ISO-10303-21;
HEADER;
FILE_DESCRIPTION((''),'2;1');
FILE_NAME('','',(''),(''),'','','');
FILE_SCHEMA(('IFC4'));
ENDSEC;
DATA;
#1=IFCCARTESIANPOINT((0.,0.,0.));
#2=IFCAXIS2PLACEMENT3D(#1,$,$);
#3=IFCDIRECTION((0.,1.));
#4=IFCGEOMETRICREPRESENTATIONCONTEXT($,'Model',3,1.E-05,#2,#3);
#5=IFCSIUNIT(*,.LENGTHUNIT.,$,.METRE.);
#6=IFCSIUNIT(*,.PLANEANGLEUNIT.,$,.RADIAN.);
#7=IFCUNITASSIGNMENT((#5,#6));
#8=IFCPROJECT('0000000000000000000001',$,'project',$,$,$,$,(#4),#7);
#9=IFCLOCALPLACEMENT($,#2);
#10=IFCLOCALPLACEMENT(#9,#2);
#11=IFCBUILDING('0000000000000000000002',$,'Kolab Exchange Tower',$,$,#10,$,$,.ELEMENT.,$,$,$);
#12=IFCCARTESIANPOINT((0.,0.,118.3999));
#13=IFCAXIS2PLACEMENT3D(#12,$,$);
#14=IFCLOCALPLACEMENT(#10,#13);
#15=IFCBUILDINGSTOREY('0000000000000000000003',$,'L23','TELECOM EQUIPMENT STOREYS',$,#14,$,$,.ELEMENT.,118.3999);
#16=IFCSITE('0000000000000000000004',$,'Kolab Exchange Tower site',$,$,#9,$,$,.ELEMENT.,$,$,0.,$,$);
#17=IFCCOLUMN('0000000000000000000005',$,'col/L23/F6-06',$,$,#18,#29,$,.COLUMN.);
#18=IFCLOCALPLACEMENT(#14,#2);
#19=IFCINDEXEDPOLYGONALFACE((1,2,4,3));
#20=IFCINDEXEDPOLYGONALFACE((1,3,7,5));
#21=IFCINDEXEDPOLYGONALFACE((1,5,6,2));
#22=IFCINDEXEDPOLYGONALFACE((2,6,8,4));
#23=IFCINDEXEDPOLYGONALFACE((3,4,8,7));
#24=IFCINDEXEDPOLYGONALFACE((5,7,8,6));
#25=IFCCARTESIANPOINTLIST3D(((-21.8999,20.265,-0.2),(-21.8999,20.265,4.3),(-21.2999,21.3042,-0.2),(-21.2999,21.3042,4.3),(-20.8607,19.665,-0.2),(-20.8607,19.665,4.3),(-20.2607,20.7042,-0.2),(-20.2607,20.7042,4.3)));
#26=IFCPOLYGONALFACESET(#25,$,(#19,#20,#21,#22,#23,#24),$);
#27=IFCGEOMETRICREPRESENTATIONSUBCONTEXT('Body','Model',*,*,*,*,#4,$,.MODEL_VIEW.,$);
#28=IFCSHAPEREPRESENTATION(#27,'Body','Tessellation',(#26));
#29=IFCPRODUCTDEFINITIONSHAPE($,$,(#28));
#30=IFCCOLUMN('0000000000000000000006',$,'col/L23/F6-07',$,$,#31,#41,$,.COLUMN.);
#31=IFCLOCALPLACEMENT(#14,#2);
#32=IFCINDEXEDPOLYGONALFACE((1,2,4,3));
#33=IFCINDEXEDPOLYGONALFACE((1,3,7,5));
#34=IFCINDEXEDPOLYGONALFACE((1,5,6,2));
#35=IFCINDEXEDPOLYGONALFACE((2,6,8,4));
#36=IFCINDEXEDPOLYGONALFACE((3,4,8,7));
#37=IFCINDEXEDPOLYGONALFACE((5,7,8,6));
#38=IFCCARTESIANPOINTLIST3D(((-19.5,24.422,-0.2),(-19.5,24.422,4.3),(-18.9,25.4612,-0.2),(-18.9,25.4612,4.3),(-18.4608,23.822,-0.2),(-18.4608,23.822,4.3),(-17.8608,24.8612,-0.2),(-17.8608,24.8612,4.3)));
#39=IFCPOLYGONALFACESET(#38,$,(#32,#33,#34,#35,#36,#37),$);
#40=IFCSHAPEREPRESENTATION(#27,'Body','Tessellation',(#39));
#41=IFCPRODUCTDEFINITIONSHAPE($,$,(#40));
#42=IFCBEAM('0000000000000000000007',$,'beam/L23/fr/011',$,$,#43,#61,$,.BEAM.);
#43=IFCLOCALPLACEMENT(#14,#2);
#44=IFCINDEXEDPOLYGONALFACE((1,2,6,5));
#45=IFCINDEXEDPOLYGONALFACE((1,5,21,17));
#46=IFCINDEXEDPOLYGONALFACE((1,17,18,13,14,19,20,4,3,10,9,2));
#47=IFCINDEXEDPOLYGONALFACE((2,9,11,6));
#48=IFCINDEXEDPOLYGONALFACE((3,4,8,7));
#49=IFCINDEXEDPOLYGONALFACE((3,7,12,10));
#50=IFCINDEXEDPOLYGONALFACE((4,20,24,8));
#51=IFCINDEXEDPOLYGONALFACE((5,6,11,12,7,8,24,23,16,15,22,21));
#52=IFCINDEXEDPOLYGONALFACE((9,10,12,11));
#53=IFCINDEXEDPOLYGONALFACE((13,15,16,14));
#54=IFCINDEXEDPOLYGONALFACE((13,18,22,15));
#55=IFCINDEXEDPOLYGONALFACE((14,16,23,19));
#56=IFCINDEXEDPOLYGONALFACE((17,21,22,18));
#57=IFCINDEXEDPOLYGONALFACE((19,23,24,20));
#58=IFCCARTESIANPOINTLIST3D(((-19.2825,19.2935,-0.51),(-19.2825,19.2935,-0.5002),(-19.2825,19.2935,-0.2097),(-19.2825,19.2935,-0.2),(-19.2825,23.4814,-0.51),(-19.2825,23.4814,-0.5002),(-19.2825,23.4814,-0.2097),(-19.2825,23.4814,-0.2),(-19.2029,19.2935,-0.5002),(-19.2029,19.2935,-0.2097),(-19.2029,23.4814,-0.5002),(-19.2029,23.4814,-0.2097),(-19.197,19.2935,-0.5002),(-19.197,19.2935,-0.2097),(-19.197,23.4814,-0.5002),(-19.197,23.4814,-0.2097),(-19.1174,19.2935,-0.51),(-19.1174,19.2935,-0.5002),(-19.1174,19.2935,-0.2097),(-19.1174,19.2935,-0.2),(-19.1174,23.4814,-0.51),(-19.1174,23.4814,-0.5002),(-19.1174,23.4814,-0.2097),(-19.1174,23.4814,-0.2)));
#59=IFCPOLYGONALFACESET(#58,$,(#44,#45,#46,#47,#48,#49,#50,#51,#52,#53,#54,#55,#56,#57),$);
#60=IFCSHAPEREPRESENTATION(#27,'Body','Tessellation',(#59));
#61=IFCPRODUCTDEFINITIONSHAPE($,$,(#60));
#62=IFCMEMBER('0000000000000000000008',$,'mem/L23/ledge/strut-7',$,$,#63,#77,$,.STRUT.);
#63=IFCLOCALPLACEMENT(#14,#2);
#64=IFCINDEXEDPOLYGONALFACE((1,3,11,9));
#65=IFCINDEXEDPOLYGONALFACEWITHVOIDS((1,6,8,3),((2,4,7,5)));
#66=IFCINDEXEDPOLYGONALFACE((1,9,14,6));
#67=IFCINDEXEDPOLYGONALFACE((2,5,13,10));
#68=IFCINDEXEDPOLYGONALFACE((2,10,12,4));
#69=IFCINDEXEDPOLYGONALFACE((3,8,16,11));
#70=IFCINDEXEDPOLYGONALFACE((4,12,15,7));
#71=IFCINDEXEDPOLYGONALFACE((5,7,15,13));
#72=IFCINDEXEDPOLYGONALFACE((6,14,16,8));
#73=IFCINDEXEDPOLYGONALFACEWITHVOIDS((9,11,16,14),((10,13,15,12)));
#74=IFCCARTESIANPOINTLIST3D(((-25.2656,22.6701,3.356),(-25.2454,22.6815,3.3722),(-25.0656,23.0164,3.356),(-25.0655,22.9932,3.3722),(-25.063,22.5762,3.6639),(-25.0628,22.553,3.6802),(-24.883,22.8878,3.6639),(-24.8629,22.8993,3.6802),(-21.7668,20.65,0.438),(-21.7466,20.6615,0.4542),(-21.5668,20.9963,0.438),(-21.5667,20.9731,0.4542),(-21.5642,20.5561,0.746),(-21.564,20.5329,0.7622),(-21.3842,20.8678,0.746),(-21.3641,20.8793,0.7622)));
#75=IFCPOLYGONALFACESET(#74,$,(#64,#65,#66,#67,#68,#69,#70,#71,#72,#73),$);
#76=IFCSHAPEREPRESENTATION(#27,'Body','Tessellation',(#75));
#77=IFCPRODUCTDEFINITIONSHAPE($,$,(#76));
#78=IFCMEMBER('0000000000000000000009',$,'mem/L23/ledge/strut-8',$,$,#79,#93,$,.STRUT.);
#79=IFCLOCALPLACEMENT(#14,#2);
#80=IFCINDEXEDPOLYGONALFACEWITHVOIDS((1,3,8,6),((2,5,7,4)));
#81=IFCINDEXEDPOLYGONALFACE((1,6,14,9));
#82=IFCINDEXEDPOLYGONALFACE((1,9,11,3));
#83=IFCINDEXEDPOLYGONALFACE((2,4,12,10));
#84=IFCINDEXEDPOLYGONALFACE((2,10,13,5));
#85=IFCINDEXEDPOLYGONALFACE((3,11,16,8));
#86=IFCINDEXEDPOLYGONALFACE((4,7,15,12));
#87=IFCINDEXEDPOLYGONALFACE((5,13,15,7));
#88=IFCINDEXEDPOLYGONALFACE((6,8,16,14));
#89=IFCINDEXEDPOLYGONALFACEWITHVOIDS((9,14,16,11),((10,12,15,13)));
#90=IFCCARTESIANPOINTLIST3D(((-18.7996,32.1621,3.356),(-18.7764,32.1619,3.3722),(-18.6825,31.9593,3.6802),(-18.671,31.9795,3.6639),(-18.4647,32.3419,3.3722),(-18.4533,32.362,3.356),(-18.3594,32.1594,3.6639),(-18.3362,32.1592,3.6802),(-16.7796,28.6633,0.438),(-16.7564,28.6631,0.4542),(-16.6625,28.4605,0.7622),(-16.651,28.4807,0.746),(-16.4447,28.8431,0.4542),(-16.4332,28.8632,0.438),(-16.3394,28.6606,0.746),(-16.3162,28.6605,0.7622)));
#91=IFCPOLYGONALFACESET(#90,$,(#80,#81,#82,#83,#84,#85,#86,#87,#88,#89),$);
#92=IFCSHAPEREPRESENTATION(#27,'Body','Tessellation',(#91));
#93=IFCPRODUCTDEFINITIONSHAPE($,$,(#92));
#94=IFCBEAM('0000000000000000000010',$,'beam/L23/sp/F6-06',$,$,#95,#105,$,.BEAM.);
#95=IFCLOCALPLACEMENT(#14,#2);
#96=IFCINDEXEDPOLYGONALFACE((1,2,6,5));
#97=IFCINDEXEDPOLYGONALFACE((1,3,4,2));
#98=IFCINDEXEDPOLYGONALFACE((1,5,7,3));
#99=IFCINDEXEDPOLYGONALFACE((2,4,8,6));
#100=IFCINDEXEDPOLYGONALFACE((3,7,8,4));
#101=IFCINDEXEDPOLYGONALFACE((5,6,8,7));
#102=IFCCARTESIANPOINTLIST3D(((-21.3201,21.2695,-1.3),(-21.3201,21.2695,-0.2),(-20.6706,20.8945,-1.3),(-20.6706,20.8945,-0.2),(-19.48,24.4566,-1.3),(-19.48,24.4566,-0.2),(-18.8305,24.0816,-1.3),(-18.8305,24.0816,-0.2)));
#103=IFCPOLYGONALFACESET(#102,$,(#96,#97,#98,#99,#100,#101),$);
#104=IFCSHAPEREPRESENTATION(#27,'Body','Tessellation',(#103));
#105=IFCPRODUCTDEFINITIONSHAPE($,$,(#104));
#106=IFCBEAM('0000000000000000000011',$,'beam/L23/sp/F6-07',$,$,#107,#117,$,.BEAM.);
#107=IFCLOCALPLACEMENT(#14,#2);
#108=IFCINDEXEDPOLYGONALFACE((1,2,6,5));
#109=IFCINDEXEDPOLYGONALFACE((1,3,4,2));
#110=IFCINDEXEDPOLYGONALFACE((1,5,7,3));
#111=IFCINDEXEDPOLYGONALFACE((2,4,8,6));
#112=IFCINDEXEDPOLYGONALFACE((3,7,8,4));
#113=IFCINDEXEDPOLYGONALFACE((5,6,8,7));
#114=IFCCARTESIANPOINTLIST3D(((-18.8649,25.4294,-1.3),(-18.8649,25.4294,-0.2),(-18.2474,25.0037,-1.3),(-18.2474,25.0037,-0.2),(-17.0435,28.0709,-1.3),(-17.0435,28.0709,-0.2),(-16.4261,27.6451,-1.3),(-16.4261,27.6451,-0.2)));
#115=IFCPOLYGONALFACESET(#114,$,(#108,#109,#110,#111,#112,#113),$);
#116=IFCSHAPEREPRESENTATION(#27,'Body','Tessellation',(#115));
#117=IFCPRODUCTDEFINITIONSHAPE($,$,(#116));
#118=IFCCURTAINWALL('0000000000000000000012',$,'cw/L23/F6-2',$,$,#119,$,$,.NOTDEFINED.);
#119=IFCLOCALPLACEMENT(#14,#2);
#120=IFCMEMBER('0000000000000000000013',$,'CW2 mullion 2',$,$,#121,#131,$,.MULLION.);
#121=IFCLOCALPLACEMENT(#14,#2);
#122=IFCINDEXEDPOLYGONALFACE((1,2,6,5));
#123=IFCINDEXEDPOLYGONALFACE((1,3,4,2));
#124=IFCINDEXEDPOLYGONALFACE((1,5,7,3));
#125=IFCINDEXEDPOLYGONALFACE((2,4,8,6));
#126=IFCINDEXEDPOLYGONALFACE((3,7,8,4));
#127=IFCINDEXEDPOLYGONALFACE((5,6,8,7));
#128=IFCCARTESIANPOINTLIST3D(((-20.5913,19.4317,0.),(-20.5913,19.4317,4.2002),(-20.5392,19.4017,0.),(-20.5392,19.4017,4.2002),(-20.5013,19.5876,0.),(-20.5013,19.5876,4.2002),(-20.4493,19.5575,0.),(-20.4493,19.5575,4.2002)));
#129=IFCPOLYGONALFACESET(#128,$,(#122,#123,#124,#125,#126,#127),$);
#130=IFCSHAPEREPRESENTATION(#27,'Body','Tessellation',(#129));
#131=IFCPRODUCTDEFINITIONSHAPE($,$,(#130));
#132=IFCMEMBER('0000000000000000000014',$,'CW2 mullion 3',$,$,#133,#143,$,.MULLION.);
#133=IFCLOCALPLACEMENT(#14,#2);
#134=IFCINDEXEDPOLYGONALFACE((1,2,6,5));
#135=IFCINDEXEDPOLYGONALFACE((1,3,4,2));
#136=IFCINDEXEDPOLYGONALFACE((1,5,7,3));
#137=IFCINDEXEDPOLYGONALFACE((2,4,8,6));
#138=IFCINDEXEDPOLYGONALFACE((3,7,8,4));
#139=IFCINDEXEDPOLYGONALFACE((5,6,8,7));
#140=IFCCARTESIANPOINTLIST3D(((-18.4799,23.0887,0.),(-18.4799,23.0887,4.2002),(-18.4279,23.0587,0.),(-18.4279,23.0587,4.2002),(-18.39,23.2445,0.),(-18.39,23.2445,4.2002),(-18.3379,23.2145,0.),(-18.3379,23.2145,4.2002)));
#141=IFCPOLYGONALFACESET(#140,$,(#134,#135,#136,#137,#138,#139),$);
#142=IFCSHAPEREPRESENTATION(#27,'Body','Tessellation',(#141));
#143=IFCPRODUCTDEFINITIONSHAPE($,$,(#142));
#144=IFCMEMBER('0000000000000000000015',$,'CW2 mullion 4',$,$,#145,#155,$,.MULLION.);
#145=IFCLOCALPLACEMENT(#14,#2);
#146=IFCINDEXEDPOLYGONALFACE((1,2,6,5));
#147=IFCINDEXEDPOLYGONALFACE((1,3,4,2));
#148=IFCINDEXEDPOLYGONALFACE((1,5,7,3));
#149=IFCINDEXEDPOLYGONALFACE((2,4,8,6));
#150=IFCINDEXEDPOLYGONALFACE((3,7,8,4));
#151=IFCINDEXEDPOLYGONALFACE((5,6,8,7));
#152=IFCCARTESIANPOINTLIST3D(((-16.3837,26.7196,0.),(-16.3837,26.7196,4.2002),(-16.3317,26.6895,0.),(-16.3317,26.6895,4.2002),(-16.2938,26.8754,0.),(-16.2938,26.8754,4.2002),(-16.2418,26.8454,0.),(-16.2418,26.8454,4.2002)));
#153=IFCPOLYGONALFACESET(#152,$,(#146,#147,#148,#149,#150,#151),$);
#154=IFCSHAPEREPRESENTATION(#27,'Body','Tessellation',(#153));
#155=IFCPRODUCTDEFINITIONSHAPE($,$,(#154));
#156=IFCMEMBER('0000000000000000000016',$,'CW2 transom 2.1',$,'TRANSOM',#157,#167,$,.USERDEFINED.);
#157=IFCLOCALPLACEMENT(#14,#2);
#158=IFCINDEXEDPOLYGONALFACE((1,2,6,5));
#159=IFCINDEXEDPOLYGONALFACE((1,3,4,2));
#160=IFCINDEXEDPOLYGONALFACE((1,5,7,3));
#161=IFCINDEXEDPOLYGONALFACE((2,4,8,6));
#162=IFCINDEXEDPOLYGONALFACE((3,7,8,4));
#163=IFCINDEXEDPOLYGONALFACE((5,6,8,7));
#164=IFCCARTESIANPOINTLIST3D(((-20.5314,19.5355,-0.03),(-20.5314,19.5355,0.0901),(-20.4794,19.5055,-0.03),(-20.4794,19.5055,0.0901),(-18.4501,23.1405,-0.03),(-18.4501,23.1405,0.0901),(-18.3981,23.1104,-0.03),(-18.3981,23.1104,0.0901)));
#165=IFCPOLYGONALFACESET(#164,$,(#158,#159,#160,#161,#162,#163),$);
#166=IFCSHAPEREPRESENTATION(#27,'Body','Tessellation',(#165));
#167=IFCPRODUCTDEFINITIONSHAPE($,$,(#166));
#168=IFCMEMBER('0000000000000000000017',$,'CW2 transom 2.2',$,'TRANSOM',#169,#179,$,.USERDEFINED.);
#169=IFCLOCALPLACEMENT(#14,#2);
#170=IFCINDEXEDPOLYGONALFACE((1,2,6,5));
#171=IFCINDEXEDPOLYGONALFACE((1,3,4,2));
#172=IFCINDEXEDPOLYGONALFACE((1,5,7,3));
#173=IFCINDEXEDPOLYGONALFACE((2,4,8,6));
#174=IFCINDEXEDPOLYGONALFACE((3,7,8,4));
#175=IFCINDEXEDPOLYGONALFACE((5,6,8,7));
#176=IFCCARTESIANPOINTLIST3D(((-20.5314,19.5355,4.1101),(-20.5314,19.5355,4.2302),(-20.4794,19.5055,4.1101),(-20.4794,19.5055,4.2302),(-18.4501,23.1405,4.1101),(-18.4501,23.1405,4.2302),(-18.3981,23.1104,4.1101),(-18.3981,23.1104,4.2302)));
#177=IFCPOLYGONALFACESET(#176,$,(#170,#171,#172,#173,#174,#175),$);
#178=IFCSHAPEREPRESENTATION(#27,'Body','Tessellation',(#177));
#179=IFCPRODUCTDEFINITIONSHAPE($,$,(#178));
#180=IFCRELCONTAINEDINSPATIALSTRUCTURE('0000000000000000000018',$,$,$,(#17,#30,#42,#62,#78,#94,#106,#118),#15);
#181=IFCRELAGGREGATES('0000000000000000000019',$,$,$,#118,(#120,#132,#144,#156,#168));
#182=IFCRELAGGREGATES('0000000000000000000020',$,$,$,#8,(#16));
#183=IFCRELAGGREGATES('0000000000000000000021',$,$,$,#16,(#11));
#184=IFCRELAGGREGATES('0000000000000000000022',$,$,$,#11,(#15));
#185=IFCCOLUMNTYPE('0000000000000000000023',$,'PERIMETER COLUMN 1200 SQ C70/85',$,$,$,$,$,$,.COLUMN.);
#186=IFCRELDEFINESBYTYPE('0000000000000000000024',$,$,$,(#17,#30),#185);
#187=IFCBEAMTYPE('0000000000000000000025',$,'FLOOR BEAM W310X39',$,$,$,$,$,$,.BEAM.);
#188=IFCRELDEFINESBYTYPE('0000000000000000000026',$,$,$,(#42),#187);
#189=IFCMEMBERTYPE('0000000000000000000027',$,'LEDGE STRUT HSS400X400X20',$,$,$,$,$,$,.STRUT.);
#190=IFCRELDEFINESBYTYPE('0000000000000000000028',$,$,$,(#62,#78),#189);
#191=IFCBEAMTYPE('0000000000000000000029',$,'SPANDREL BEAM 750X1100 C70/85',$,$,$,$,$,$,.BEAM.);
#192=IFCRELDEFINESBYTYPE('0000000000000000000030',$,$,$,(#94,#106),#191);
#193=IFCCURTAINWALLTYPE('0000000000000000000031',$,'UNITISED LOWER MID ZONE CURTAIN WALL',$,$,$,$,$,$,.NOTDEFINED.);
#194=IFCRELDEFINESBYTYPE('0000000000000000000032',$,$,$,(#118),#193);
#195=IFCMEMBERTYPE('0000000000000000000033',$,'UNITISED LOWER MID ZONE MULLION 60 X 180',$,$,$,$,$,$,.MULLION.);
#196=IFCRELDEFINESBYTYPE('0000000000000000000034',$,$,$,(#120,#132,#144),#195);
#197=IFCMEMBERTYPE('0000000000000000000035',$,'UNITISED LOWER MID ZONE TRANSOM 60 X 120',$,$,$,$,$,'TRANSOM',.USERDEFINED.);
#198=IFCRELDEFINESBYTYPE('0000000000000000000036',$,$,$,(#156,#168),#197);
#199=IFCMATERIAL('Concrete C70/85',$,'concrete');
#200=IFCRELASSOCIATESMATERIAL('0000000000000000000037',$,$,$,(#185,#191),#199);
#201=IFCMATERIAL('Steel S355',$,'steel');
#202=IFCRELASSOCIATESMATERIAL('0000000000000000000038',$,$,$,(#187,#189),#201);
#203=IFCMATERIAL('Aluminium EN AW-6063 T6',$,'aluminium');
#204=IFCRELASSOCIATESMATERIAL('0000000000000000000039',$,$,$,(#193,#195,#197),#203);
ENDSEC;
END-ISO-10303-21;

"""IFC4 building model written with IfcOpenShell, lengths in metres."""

from ifc_helpers import new_model, si_unit, direction, frame, origin, origin_2d, place, context, subcontext, project, spatial, rectangle, hollow_rectangle, i_section, extrude, material, material_profile, profile_set, type_object, element, aggregate, save


model = new_model("IFC4")

# Units and contexts
model_context = context("Model", 3, precision=1e-05, world=origin(), true_north=direction((0.0, 1.0)))
body_context = subcontext(model_context, "Body", "Model", "MODEL_VIEW")
ifc_project = project(units=[si_unit("LENGTHUNIT", "METRE"), si_unit("PLANEANGLEUNIT", "RADIAN")], contexts=[model_context])

# Site, building, storey
site_placement = place(None, origin())
site = spatial("IfcSite", under=ifc_project, at=site_placement, Name="Kolab Exchange Tower site", CompositionType="ELEMENT", RefElevation=0.0)
building_placement = place(site_placement, origin())
building = spatial("IfcBuilding", under=site, at=building_placement, Name="Kolab Exchange Tower", CompositionType="ELEMENT")
storey_placement = place(building_placement, frame((0.0, 0.0, 118.3999)))
storey = spatial("IfcBuildingStorey", under=building, at=storey_placement, Name="L23", Description="TELECOM EQUIPMENT STOREYS", CompositionType="ELEMENT", Elevation=118.3999)

# Columns
ifc_material_1 = material(Name="Concrete C70/85", Category="concrete")
ifc_material_profile_1 = material_profile(ifc_material_1, rectangle(XDim=1.2, YDim=1.2, at=origin_2d()), Name="RC1200")
ifc_profile_set_1 = profile_set([ifc_material_profile_1], Name="Concrete C70/85")
column_type = type_object("IfcColumnType", Name="PERIMETER COLUMN 1200 SQ C70/85", PredefinedType="COLUMN", material=ifc_profile_set_1)
for number, where, z_axis, x_axis, name in (
    (1, (-21.0803, 20.4846, -0.2), (0.0, 0.0, 1.0), (0.5, 0.866025, 0.0), "col/L23/F6-06"),
    (2, (-18.6804, 24.6416, -0.2), (0.0, 0.0, 1.0), (0.5, 0.866025, 0.0), "col/L23/F6-07"),
):
    element("IfcColumn", number, at=place(storey_placement, frame(where, z_axis=z_axis, x_axis=x_axis)), inside=storey, type_object=column_type, Name=name, PredefinedType="COLUMN", context=body_context, shape_type="SweptSolid", body=[
        extrude(rectangle(XDim=1.2, YDim=1.2, at=origin_2d()), origin(), (0.0, 0.0, 1.0), 4.5),
    ])

# Beam
ifc_material_2 = material(Name="Steel S355", Category="steel")
ifc_material_profile_2 = material_profile(ifc_material_2, i_section(OverallWidth=0.165, OverallDepth=0.3101, WebThickness=0.0059, FlangeThickness=0.0098, at=origin_2d()), Name="W310X39")
ifc_profile_set_2 = profile_set([ifc_material_profile_2], Name="Steel S355")
beam_type_1 = type_object("IfcBeamType", Name="FLOOR BEAM W310X39", PredefinedType="BEAM", material=ifc_profile_set_2)
beam_1_placement = place(storey_placement, frame((-19.2, 19.2935, -0.355), z_axis=(0.0, 1.0, 0.0), x_axis=(-1.0, 0.0, 0.0)))
element("IfcBeam", 3, at=beam_1_placement, inside=storey, type_object=beam_type_1, Name="beam/L23/fr/011", PredefinedType="BEAM", context=body_context, shape_type="SweptSolid", body=[
    extrude(i_section(OverallWidth=0.165, OverallDepth=0.3101, WebThickness=0.0059, FlangeThickness=0.0098, at=origin_2d()), origin(), (0.0, 0.0, 1.0), 4.188),
])

# Members
ifc_material_profile_3 = material_profile(ifc_material_2, hollow_rectangle(XDim=0.3999, YDim=0.3999, WallThickness=0.02, at=origin_2d()), Name="HSS400X400X20")
ifc_profile_set_3 = profile_set([ifc_material_profile_3], Name="Steel S355")
member_type_1 = type_object("IfcMemberType", Name="LEDGE STRUT HSS400X400X20", PredefinedType="STRUT", material=ifc_profile_set_3)
for number, where, z_axis, x_axis, name in (
    (4, (-21.5654, 20.7646, 0.6001), (-0.702056, 0.405332, 0.585512), (-0.5, -0.866026, 0.0), "mem/L23/ledge/strut-7"),
    (5, (-16.5479, 28.6619, 0.6001), (-0.405332, 0.702056, 0.585512), (-0.866026, -0.5, 0.0), "mem/L23/ledge/strut-8"),
):
    element("IfcMember", number, at=place(storey_placement, frame(where, z_axis=z_axis, x_axis=x_axis)), inside=storey, type_object=member_type_1, Name=name, PredefinedType="STRUT", context=body_context, shape_type="SweptSolid", body=[
        extrude(hollow_rectangle(XDim=0.3999, YDim=0.3999, WallThickness=0.02, at=origin_2d()), origin(), (0.0, 0.0, 1.0), 4.9836),
    ])

# Beams
ifc_material_profile_4 = material_profile(ifc_material_1, rectangle(XDim=0.75, YDim=1.1001, at=origin_2d()), Name="RC750X1100")
ifc_profile_set_4 = profile_set([ifc_material_profile_4], Name="Concrete C70/85")
beam_type_2 = type_object("IfcBeamType", Name="SPANDREL BEAM 750X1100 C70/85", PredefinedType="BEAM", material=ifc_profile_set_4)
beam_2_placement = place(storey_placement, frame((-20.9954, 21.082, -0.75), z_axis=(0.500013, 0.866018, 0.0), x_axis=(-0.866018, 0.500013, 0.0)))
element("IfcBeam", 6, at=beam_2_placement, inside=storey, type_object=beam_type_2, Name="beam/L23/sp/F6-06", PredefinedType="BEAM", context=body_context, shape_type="SweptSolid", body=[
    extrude(rectangle(XDim=0.75, YDim=1.1001, at=origin_2d()), origin(), (0.0, 0.0, 1.0), 3.6802),
])
beam_3_placement = place(storey_placement, frame((-18.5562, 25.2166, -0.75), z_axis=(0.567662, 0.823262, 0.0), x_axis=(-0.823262, 0.567662, 0.0)))
element("IfcBeam", 7, at=beam_3_placement, inside=storey, type_object=beam_type_2, Name="beam/L23/sp/F6-07", PredefinedType="BEAM", context=body_context, shape_type="SweptSolid", body=[
    extrude(rectangle(XDim=0.75, YDim=1.1001, at=origin_2d()), origin(), (0.0, 0.0, 1.0), 3.2085),
])

# Curtain wall, members
ifc_material_3 = material(Name="Aluminium EN AW-6063 T6", Category="aluminium")
curtain_wall_type = type_object("IfcCurtainWallType", Name="UNITISED LOWER MID ZONE CURTAIN WALL", PredefinedType="NOTDEFINED", material=ifc_material_3)
curtain_wall_placement = place(storey_placement, origin())
curtain_wall = element("IfcCurtainWall", 8, at=curtain_wall_placement, inside=storey, type_object=curtain_wall_type, Name="cw/L23/F6-2", PredefinedType="NOTDEFINED")
ifc_material_profile_5 = material_profile(ifc_material_3, rectangle(XDim=0.0601, YDim=0.1799, at=origin_2d()), Name="RECT 60X180")
ifc_profile_set_5 = profile_set([ifc_material_profile_5], Name="Aluminium EN AW-6063 T6")
member_type_2 = type_object("IfcMemberType", Name="UNITISED LOWER MID ZONE MULLION 60 X 180", PredefinedType="MULLION", material=ifc_profile_set_5)
member_1_placement = place(storey_placement, frame((-20.5203, 19.4946, 0.0), z_axis=(0.0, 0.0, 1.0), x_axis=(-0.866025, 0.5, 0.0)))
member_1 = element("IfcMember", 9, at=member_1_placement, type_object=member_type_2, Name="CW2 mullion 2", PredefinedType="MULLION", context=body_context, shape_type="SweptSolid", body=[
    extrude(rectangle(XDim=0.0601, YDim=0.1799, at=origin_2d()), origin(), (0.0, 0.0, 1.0), 4.2002),
])
member_2_placement = place(storey_placement, frame((-18.4089, 23.1516, 0.0), z_axis=(0.0, 0.0, 1.0), x_axis=(-0.866025, 0.5, 0.0)))
member_2 = element("IfcMember", 10, at=member_2_placement, type_object=member_type_2, Name="CW2 mullion 3", PredefinedType="MULLION", context=body_context, shape_type="SweptSolid", body=[
    extrude(rectangle(XDim=0.0601, YDim=0.1799, at=origin_2d()), origin(), (0.0, 0.0, 1.0), 4.2002),
])
member_3_placement = place(storey_placement, frame((-16.3127, 26.7825, 0.0), z_axis=(0.0, 0.0, 1.0), x_axis=(-0.866025, 0.5, 0.0)))
member_3 = element("IfcMember", 11, at=member_3_placement, type_object=member_type_2, Name="CW2 mullion 4", PredefinedType="MULLION", context=body_context, shape_type="SweptSolid", body=[
    extrude(rectangle(XDim=0.0601, YDim=0.1799, at=origin_2d()), origin(), (0.0, 0.0, 1.0), 4.2002),
])
ifc_material_profile_6 = material_profile(ifc_material_3, rectangle(XDim=0.0601, YDim=0.1201, at=origin_2d()), Name="RECT 60X120")
ifc_profile_set_6 = profile_set([ifc_material_profile_6], Name="Aluminium EN AW-6063 T6")
member_type_3 = type_object("IfcMemberType", Name="UNITISED LOWER MID ZONE TRANSOM 60 X 120", ElementType="TRANSOM", PredefinedType="USERDEFINED", material=ifc_profile_set_6)
member_4_placement = place(storey_placement, frame((-20.5054, 19.5205, 0.03), z_axis=(0.499993, 0.866029, 0.0), x_axis=(-0.866029, 0.499993, 0.0)))
member_4 = element("IfcMember", 12, at=member_4_placement, type_object=member_type_3, Name="CW2 transom 2.1", ObjectType="TRANSOM", PredefinedType="USERDEFINED", context=body_context, shape_type="SweptSolid", body=[
    extrude(rectangle(XDim=0.0601, YDim=0.1201, at=origin_2d()), origin(), (0.0, 0.0, 1.0), 4.1626),
])
member_5_placement = place(storey_placement, frame((-20.5054, 19.5205, 4.1702), z_axis=(0.499993, 0.866029, 0.0), x_axis=(-0.866029, 0.499993, 0.0)))
member_5 = element("IfcMember", 13, at=member_5_placement, type_object=member_type_3, Name="CW2 transom 2.2", ObjectType="TRANSOM", PredefinedType="USERDEFINED", context=body_context, shape_type="SweptSolid", body=[
    extrude(rectangle(XDim=0.0601, YDim=0.1201, at=origin_2d()), origin(), (0.0, 0.0, 1.0), 4.1626),
])
aggregate(curtain_wall, [member_1, member_2, member_3, member_4, member_5])

save(model, "model.ifc")
